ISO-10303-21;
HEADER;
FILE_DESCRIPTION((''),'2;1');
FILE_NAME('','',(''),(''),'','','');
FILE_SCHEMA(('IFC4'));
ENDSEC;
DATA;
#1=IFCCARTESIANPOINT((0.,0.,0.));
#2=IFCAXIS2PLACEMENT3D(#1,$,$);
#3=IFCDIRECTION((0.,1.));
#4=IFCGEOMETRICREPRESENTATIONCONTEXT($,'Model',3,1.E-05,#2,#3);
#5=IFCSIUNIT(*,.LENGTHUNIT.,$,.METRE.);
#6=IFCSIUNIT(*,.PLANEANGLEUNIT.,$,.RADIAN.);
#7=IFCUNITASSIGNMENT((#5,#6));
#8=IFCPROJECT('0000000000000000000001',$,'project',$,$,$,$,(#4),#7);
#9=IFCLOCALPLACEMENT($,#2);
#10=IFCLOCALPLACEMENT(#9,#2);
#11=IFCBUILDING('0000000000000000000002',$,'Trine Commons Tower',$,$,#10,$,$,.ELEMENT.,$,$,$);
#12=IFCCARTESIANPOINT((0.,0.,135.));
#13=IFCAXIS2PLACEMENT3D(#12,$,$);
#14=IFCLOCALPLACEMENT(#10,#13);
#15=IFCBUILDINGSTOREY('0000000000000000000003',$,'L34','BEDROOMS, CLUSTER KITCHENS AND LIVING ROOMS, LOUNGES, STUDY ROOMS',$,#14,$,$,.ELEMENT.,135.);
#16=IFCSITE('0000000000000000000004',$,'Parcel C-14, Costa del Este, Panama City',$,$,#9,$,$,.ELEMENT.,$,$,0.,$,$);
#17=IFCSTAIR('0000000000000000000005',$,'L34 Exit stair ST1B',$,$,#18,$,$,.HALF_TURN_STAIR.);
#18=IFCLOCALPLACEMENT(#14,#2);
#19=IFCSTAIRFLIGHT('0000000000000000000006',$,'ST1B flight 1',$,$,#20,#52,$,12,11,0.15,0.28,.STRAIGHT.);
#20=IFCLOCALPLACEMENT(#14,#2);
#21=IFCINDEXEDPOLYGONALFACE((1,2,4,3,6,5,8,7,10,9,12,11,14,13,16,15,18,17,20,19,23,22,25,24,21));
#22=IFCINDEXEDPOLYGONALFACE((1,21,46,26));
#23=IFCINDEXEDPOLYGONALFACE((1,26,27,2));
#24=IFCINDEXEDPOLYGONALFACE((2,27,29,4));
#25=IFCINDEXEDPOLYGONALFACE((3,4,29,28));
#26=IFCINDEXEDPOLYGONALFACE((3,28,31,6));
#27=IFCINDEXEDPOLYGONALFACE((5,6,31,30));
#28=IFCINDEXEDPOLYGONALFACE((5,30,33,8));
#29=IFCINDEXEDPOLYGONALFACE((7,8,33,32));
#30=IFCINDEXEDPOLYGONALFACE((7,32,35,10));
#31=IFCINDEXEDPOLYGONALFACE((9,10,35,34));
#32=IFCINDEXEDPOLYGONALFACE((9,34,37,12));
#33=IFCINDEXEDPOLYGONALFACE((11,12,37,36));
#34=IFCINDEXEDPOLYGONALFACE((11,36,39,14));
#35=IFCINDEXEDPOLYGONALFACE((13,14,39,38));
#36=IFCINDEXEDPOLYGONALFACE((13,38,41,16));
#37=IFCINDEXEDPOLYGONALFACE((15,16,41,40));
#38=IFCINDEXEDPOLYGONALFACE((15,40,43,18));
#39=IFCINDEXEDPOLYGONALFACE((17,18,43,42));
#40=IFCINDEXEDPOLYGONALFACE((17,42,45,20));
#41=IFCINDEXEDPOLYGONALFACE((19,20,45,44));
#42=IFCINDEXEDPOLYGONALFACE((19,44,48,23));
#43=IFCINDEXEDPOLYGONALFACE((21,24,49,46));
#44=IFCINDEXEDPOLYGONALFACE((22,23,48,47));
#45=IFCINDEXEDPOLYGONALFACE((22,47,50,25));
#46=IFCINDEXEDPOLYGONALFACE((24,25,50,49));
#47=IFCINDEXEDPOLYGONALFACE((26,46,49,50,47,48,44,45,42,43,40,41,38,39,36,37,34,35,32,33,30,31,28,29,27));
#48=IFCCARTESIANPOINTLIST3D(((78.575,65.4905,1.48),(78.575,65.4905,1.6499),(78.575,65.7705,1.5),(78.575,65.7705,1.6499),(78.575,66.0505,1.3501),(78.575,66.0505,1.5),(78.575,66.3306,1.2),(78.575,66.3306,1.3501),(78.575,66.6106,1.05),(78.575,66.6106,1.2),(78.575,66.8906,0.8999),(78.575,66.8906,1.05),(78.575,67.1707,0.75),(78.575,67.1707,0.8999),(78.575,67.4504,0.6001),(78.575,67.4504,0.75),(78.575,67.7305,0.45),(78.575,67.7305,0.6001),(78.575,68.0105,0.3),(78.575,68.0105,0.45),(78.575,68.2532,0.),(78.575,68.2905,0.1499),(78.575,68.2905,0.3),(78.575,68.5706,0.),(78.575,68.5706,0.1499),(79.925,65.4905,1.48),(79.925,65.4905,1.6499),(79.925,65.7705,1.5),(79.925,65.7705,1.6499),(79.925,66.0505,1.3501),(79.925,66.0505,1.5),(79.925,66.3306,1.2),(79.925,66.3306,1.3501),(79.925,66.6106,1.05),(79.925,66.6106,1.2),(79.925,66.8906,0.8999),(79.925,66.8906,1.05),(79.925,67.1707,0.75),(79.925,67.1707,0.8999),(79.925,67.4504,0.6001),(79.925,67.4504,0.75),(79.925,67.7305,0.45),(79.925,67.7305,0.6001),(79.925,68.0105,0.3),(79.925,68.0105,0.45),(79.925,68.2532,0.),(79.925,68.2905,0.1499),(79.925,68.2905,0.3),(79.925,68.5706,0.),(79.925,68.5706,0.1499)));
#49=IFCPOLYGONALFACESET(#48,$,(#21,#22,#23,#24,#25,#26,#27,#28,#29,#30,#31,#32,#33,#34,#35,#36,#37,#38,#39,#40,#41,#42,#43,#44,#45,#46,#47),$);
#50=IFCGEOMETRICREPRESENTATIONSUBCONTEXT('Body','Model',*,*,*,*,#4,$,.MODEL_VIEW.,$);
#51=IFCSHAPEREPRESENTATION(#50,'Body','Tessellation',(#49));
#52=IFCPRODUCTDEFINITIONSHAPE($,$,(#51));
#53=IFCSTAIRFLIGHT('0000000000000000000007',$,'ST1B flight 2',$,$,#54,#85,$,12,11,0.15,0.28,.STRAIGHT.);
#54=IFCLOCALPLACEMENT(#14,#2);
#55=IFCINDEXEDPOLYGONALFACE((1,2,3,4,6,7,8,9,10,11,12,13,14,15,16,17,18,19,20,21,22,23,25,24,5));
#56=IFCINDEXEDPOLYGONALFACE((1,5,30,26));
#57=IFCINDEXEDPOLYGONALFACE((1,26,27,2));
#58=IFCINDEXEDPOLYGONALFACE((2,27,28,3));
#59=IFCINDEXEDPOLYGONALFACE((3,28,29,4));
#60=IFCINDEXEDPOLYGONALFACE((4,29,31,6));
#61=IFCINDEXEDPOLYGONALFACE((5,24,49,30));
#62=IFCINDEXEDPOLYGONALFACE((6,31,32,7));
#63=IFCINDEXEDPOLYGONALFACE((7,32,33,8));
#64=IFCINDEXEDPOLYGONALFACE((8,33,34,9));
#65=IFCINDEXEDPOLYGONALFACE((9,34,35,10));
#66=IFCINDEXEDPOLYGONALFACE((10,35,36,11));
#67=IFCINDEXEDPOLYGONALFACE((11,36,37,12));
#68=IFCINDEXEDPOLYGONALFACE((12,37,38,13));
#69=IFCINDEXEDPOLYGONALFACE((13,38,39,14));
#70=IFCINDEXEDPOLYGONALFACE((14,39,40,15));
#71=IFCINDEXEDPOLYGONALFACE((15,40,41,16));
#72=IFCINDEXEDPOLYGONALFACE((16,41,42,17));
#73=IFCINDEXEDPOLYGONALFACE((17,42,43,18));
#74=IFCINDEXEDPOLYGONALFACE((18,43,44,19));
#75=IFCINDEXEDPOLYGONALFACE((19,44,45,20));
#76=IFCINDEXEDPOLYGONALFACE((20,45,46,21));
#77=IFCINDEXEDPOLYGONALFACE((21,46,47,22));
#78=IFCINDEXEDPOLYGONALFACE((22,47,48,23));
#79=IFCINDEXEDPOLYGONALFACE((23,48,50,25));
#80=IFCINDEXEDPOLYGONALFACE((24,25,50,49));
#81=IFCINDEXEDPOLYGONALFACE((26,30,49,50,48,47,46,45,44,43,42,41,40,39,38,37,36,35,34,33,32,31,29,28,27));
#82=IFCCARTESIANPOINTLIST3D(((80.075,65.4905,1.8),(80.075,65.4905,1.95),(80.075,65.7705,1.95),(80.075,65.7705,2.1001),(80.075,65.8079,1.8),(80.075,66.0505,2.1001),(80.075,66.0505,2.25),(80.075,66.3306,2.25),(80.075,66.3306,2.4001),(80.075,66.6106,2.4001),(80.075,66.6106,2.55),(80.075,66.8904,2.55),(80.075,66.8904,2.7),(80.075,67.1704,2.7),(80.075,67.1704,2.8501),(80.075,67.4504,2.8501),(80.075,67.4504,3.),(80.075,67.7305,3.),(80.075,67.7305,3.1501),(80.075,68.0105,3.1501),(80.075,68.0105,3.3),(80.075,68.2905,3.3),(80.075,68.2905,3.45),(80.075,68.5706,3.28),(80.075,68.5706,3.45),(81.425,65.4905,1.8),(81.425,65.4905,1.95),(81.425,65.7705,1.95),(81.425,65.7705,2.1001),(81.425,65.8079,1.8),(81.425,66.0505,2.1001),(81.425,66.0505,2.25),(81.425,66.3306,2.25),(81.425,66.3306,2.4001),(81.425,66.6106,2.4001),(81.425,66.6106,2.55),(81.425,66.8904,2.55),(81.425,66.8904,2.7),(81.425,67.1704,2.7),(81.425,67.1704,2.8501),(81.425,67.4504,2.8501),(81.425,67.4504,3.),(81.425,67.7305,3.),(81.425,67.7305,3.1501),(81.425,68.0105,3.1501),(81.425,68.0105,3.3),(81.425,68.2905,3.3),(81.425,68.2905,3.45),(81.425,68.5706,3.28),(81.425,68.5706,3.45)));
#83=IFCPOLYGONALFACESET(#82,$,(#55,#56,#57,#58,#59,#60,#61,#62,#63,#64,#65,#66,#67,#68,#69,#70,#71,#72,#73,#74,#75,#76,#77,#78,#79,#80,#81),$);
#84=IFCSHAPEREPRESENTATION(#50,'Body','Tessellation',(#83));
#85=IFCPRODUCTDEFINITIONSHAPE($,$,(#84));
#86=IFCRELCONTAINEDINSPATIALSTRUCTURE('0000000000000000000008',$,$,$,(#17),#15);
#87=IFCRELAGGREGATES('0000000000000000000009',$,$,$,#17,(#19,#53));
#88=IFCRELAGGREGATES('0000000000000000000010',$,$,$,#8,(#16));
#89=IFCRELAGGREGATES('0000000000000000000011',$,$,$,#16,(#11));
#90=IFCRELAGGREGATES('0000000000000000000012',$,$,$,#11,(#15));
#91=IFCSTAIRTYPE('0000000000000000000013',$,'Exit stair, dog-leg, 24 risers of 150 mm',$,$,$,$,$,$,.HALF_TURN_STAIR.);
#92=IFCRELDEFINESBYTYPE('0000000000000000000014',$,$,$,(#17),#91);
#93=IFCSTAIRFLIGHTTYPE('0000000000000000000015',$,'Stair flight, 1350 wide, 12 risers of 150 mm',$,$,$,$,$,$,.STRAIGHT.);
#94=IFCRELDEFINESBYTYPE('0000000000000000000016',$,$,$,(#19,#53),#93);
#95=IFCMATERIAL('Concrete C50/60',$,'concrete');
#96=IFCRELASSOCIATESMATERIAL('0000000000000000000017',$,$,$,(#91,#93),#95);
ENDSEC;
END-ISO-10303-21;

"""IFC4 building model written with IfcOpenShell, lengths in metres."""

from ifc_helpers import new_model, si_unit, direction, frame, origin, place, context, subcontext, project, spatial, polyline, outline, extrude, material, type_object, element, aggregate, save


model = new_model("IFC4")

# Units and contexts
model_context = context("Model", 3, precision=1e-05, world=origin(), true_north=direction((0.0, 1.0)))
body_context = subcontext(model_context, "Body", "Model", "MODEL_VIEW")
ifc_project = project(units=[si_unit("LENGTHUNIT", "METRE"), si_unit("PLANEANGLEUNIT", "RADIAN")], contexts=[model_context])

# Site, building, storey
site_placement = place(None, origin())
site = spatial("IfcSite", under=ifc_project, at=site_placement, Name="Parcel C-14, Costa del Este, Panama City", CompositionType="ELEMENT", RefElevation=0.0)
building_placement = place(site_placement, origin())
building = spatial("IfcBuilding", under=site, at=building_placement, Name="Trine Commons Tower", CompositionType="ELEMENT")
storey_placement = place(building_placement, frame((0.0, 0.0, 135.0)))
storey = spatial("IfcBuildingStorey", under=building, at=storey_placement, Name="L34", Description="BEDROOMS, CLUSTER KITCHENS AND LIVING ROOMS, LOUNGES, STUDY ROOMS", CompositionType="ELEMENT", Elevation=135.0)

# Shared definitions
ifc_material_1 = material(Name="Concrete C50/60", Category="concrete")

# Stair, stair flights
stair_type = type_object("IfcStairType", Name="Exit stair, dog-leg, 24 risers of 150 mm", PredefinedType="HALF_TURN_STAIR", material=ifc_material_1)
stair_placement = place(storey_placement, origin())
stair = element("IfcStair", 1, at=stair_placement, inside=storey, type_object=stair_type, Name="L34 Exit stair ST1B", PredefinedType="HALF_TURN_STAIR")
stair_flight_type = type_object("IfcStairFlightType", Name="Stair flight, 1350 wide, 12 risers of 150 mm", PredefinedType="STRAIGHT", material=ifc_material_1)
stair_flight_1_placement = place(storey_placement, frame((79.25, 68.5706, 0.0), z_axis=(0.0, 0.0, 1.0), x_axis=(0.0, -1.0, 0.0)))
stair_flight_1 = element("IfcStairFlight", 2, at=stair_flight_1_placement, type_object=stair_flight_type, Name="ST1B flight 1", NumberOfRisers=12, NumberOfTreads=11, PredefinedType="STRAIGHT", RiserHeight=0.15, TreadLength=0.28, context=body_context, shape_type="SweptSolid", body=[
    extrude(outline(polyline([(0.0, 0.0), (0.0, 0.1499), (0.28, 0.1499), (0.28, 0.3), (0.5601, 0.3), (0.5601, 0.45), (0.8401, 0.45), (0.8401, 0.6001), (1.1201, 0.6001), (1.1201, 0.75), (1.3999, 0.75), (1.3999, 0.8999), (1.6799, 0.8999), (1.6799, 1.05), (1.96, 1.05), (1.96, 1.2), (2.24, 1.2), (2.24, 1.3501), (2.52, 1.3501), (2.52, 1.5), (2.8, 1.5), (2.8, 1.6499), (3.0801, 1.6499), (3.0801, 1.8), (3.0801, 1.48), (0.3174, 0.0), (0.0, 0.0)])), frame((0.0, 0.675, 0.0), z_axis=(0.0, -1.0, 0.0), x_axis=(1.0, 0.0, 0.0)), (0.0, 0.0, 1.0), 1.3501),
])
stair_flight_2_placement = place(storey_placement, frame((80.75, 65.4905, 1.8), z_axis=(0.0, 0.0, 1.0), x_axis=(0.0, 1.0, 0.0)))
stair_flight_2 = element("IfcStairFlight", 3, at=stair_flight_2_placement, type_object=stair_flight_type, Name="ST1B flight 2", NumberOfRisers=12, NumberOfTreads=11, PredefinedType="STRAIGHT", RiserHeight=0.15, TreadLength=0.28, context=body_context, shape_type="SweptSolid", body=[
    extrude(outline(polyline([(0.0, 0.0), (0.0, 0.1499), (0.28, 0.1499), (0.28, 0.3), (0.5601, 0.3), (0.5601, 0.45), (0.8401, 0.45), (0.8401, 0.6001), (1.1201, 0.6001), (1.1201, 0.75), (1.3999, 0.75), (1.3999, 0.8999), (1.6799, 0.8999), (1.6799, 1.05), (1.96, 1.05), (1.96, 1.2), (2.24, 1.2), (2.24, 1.3501), (2.52, 1.3501), (2.52, 1.5), (2.8, 1.5), (2.8, 1.6499), (3.0801, 1.6499), (3.0801, 1.8), (3.0801, 1.48), (0.3174, 0.0), (0.0, 0.0)])), frame((0.0, 0.675, 0.0), z_axis=(0.0, -1.0, 0.0), x_axis=(1.0, 0.0, 0.0)), (0.0, 0.0, 1.0), 1.3501),
])
aggregate(stair, [stair_flight_1, stair_flight_2])

save(model, "model.ifc")
